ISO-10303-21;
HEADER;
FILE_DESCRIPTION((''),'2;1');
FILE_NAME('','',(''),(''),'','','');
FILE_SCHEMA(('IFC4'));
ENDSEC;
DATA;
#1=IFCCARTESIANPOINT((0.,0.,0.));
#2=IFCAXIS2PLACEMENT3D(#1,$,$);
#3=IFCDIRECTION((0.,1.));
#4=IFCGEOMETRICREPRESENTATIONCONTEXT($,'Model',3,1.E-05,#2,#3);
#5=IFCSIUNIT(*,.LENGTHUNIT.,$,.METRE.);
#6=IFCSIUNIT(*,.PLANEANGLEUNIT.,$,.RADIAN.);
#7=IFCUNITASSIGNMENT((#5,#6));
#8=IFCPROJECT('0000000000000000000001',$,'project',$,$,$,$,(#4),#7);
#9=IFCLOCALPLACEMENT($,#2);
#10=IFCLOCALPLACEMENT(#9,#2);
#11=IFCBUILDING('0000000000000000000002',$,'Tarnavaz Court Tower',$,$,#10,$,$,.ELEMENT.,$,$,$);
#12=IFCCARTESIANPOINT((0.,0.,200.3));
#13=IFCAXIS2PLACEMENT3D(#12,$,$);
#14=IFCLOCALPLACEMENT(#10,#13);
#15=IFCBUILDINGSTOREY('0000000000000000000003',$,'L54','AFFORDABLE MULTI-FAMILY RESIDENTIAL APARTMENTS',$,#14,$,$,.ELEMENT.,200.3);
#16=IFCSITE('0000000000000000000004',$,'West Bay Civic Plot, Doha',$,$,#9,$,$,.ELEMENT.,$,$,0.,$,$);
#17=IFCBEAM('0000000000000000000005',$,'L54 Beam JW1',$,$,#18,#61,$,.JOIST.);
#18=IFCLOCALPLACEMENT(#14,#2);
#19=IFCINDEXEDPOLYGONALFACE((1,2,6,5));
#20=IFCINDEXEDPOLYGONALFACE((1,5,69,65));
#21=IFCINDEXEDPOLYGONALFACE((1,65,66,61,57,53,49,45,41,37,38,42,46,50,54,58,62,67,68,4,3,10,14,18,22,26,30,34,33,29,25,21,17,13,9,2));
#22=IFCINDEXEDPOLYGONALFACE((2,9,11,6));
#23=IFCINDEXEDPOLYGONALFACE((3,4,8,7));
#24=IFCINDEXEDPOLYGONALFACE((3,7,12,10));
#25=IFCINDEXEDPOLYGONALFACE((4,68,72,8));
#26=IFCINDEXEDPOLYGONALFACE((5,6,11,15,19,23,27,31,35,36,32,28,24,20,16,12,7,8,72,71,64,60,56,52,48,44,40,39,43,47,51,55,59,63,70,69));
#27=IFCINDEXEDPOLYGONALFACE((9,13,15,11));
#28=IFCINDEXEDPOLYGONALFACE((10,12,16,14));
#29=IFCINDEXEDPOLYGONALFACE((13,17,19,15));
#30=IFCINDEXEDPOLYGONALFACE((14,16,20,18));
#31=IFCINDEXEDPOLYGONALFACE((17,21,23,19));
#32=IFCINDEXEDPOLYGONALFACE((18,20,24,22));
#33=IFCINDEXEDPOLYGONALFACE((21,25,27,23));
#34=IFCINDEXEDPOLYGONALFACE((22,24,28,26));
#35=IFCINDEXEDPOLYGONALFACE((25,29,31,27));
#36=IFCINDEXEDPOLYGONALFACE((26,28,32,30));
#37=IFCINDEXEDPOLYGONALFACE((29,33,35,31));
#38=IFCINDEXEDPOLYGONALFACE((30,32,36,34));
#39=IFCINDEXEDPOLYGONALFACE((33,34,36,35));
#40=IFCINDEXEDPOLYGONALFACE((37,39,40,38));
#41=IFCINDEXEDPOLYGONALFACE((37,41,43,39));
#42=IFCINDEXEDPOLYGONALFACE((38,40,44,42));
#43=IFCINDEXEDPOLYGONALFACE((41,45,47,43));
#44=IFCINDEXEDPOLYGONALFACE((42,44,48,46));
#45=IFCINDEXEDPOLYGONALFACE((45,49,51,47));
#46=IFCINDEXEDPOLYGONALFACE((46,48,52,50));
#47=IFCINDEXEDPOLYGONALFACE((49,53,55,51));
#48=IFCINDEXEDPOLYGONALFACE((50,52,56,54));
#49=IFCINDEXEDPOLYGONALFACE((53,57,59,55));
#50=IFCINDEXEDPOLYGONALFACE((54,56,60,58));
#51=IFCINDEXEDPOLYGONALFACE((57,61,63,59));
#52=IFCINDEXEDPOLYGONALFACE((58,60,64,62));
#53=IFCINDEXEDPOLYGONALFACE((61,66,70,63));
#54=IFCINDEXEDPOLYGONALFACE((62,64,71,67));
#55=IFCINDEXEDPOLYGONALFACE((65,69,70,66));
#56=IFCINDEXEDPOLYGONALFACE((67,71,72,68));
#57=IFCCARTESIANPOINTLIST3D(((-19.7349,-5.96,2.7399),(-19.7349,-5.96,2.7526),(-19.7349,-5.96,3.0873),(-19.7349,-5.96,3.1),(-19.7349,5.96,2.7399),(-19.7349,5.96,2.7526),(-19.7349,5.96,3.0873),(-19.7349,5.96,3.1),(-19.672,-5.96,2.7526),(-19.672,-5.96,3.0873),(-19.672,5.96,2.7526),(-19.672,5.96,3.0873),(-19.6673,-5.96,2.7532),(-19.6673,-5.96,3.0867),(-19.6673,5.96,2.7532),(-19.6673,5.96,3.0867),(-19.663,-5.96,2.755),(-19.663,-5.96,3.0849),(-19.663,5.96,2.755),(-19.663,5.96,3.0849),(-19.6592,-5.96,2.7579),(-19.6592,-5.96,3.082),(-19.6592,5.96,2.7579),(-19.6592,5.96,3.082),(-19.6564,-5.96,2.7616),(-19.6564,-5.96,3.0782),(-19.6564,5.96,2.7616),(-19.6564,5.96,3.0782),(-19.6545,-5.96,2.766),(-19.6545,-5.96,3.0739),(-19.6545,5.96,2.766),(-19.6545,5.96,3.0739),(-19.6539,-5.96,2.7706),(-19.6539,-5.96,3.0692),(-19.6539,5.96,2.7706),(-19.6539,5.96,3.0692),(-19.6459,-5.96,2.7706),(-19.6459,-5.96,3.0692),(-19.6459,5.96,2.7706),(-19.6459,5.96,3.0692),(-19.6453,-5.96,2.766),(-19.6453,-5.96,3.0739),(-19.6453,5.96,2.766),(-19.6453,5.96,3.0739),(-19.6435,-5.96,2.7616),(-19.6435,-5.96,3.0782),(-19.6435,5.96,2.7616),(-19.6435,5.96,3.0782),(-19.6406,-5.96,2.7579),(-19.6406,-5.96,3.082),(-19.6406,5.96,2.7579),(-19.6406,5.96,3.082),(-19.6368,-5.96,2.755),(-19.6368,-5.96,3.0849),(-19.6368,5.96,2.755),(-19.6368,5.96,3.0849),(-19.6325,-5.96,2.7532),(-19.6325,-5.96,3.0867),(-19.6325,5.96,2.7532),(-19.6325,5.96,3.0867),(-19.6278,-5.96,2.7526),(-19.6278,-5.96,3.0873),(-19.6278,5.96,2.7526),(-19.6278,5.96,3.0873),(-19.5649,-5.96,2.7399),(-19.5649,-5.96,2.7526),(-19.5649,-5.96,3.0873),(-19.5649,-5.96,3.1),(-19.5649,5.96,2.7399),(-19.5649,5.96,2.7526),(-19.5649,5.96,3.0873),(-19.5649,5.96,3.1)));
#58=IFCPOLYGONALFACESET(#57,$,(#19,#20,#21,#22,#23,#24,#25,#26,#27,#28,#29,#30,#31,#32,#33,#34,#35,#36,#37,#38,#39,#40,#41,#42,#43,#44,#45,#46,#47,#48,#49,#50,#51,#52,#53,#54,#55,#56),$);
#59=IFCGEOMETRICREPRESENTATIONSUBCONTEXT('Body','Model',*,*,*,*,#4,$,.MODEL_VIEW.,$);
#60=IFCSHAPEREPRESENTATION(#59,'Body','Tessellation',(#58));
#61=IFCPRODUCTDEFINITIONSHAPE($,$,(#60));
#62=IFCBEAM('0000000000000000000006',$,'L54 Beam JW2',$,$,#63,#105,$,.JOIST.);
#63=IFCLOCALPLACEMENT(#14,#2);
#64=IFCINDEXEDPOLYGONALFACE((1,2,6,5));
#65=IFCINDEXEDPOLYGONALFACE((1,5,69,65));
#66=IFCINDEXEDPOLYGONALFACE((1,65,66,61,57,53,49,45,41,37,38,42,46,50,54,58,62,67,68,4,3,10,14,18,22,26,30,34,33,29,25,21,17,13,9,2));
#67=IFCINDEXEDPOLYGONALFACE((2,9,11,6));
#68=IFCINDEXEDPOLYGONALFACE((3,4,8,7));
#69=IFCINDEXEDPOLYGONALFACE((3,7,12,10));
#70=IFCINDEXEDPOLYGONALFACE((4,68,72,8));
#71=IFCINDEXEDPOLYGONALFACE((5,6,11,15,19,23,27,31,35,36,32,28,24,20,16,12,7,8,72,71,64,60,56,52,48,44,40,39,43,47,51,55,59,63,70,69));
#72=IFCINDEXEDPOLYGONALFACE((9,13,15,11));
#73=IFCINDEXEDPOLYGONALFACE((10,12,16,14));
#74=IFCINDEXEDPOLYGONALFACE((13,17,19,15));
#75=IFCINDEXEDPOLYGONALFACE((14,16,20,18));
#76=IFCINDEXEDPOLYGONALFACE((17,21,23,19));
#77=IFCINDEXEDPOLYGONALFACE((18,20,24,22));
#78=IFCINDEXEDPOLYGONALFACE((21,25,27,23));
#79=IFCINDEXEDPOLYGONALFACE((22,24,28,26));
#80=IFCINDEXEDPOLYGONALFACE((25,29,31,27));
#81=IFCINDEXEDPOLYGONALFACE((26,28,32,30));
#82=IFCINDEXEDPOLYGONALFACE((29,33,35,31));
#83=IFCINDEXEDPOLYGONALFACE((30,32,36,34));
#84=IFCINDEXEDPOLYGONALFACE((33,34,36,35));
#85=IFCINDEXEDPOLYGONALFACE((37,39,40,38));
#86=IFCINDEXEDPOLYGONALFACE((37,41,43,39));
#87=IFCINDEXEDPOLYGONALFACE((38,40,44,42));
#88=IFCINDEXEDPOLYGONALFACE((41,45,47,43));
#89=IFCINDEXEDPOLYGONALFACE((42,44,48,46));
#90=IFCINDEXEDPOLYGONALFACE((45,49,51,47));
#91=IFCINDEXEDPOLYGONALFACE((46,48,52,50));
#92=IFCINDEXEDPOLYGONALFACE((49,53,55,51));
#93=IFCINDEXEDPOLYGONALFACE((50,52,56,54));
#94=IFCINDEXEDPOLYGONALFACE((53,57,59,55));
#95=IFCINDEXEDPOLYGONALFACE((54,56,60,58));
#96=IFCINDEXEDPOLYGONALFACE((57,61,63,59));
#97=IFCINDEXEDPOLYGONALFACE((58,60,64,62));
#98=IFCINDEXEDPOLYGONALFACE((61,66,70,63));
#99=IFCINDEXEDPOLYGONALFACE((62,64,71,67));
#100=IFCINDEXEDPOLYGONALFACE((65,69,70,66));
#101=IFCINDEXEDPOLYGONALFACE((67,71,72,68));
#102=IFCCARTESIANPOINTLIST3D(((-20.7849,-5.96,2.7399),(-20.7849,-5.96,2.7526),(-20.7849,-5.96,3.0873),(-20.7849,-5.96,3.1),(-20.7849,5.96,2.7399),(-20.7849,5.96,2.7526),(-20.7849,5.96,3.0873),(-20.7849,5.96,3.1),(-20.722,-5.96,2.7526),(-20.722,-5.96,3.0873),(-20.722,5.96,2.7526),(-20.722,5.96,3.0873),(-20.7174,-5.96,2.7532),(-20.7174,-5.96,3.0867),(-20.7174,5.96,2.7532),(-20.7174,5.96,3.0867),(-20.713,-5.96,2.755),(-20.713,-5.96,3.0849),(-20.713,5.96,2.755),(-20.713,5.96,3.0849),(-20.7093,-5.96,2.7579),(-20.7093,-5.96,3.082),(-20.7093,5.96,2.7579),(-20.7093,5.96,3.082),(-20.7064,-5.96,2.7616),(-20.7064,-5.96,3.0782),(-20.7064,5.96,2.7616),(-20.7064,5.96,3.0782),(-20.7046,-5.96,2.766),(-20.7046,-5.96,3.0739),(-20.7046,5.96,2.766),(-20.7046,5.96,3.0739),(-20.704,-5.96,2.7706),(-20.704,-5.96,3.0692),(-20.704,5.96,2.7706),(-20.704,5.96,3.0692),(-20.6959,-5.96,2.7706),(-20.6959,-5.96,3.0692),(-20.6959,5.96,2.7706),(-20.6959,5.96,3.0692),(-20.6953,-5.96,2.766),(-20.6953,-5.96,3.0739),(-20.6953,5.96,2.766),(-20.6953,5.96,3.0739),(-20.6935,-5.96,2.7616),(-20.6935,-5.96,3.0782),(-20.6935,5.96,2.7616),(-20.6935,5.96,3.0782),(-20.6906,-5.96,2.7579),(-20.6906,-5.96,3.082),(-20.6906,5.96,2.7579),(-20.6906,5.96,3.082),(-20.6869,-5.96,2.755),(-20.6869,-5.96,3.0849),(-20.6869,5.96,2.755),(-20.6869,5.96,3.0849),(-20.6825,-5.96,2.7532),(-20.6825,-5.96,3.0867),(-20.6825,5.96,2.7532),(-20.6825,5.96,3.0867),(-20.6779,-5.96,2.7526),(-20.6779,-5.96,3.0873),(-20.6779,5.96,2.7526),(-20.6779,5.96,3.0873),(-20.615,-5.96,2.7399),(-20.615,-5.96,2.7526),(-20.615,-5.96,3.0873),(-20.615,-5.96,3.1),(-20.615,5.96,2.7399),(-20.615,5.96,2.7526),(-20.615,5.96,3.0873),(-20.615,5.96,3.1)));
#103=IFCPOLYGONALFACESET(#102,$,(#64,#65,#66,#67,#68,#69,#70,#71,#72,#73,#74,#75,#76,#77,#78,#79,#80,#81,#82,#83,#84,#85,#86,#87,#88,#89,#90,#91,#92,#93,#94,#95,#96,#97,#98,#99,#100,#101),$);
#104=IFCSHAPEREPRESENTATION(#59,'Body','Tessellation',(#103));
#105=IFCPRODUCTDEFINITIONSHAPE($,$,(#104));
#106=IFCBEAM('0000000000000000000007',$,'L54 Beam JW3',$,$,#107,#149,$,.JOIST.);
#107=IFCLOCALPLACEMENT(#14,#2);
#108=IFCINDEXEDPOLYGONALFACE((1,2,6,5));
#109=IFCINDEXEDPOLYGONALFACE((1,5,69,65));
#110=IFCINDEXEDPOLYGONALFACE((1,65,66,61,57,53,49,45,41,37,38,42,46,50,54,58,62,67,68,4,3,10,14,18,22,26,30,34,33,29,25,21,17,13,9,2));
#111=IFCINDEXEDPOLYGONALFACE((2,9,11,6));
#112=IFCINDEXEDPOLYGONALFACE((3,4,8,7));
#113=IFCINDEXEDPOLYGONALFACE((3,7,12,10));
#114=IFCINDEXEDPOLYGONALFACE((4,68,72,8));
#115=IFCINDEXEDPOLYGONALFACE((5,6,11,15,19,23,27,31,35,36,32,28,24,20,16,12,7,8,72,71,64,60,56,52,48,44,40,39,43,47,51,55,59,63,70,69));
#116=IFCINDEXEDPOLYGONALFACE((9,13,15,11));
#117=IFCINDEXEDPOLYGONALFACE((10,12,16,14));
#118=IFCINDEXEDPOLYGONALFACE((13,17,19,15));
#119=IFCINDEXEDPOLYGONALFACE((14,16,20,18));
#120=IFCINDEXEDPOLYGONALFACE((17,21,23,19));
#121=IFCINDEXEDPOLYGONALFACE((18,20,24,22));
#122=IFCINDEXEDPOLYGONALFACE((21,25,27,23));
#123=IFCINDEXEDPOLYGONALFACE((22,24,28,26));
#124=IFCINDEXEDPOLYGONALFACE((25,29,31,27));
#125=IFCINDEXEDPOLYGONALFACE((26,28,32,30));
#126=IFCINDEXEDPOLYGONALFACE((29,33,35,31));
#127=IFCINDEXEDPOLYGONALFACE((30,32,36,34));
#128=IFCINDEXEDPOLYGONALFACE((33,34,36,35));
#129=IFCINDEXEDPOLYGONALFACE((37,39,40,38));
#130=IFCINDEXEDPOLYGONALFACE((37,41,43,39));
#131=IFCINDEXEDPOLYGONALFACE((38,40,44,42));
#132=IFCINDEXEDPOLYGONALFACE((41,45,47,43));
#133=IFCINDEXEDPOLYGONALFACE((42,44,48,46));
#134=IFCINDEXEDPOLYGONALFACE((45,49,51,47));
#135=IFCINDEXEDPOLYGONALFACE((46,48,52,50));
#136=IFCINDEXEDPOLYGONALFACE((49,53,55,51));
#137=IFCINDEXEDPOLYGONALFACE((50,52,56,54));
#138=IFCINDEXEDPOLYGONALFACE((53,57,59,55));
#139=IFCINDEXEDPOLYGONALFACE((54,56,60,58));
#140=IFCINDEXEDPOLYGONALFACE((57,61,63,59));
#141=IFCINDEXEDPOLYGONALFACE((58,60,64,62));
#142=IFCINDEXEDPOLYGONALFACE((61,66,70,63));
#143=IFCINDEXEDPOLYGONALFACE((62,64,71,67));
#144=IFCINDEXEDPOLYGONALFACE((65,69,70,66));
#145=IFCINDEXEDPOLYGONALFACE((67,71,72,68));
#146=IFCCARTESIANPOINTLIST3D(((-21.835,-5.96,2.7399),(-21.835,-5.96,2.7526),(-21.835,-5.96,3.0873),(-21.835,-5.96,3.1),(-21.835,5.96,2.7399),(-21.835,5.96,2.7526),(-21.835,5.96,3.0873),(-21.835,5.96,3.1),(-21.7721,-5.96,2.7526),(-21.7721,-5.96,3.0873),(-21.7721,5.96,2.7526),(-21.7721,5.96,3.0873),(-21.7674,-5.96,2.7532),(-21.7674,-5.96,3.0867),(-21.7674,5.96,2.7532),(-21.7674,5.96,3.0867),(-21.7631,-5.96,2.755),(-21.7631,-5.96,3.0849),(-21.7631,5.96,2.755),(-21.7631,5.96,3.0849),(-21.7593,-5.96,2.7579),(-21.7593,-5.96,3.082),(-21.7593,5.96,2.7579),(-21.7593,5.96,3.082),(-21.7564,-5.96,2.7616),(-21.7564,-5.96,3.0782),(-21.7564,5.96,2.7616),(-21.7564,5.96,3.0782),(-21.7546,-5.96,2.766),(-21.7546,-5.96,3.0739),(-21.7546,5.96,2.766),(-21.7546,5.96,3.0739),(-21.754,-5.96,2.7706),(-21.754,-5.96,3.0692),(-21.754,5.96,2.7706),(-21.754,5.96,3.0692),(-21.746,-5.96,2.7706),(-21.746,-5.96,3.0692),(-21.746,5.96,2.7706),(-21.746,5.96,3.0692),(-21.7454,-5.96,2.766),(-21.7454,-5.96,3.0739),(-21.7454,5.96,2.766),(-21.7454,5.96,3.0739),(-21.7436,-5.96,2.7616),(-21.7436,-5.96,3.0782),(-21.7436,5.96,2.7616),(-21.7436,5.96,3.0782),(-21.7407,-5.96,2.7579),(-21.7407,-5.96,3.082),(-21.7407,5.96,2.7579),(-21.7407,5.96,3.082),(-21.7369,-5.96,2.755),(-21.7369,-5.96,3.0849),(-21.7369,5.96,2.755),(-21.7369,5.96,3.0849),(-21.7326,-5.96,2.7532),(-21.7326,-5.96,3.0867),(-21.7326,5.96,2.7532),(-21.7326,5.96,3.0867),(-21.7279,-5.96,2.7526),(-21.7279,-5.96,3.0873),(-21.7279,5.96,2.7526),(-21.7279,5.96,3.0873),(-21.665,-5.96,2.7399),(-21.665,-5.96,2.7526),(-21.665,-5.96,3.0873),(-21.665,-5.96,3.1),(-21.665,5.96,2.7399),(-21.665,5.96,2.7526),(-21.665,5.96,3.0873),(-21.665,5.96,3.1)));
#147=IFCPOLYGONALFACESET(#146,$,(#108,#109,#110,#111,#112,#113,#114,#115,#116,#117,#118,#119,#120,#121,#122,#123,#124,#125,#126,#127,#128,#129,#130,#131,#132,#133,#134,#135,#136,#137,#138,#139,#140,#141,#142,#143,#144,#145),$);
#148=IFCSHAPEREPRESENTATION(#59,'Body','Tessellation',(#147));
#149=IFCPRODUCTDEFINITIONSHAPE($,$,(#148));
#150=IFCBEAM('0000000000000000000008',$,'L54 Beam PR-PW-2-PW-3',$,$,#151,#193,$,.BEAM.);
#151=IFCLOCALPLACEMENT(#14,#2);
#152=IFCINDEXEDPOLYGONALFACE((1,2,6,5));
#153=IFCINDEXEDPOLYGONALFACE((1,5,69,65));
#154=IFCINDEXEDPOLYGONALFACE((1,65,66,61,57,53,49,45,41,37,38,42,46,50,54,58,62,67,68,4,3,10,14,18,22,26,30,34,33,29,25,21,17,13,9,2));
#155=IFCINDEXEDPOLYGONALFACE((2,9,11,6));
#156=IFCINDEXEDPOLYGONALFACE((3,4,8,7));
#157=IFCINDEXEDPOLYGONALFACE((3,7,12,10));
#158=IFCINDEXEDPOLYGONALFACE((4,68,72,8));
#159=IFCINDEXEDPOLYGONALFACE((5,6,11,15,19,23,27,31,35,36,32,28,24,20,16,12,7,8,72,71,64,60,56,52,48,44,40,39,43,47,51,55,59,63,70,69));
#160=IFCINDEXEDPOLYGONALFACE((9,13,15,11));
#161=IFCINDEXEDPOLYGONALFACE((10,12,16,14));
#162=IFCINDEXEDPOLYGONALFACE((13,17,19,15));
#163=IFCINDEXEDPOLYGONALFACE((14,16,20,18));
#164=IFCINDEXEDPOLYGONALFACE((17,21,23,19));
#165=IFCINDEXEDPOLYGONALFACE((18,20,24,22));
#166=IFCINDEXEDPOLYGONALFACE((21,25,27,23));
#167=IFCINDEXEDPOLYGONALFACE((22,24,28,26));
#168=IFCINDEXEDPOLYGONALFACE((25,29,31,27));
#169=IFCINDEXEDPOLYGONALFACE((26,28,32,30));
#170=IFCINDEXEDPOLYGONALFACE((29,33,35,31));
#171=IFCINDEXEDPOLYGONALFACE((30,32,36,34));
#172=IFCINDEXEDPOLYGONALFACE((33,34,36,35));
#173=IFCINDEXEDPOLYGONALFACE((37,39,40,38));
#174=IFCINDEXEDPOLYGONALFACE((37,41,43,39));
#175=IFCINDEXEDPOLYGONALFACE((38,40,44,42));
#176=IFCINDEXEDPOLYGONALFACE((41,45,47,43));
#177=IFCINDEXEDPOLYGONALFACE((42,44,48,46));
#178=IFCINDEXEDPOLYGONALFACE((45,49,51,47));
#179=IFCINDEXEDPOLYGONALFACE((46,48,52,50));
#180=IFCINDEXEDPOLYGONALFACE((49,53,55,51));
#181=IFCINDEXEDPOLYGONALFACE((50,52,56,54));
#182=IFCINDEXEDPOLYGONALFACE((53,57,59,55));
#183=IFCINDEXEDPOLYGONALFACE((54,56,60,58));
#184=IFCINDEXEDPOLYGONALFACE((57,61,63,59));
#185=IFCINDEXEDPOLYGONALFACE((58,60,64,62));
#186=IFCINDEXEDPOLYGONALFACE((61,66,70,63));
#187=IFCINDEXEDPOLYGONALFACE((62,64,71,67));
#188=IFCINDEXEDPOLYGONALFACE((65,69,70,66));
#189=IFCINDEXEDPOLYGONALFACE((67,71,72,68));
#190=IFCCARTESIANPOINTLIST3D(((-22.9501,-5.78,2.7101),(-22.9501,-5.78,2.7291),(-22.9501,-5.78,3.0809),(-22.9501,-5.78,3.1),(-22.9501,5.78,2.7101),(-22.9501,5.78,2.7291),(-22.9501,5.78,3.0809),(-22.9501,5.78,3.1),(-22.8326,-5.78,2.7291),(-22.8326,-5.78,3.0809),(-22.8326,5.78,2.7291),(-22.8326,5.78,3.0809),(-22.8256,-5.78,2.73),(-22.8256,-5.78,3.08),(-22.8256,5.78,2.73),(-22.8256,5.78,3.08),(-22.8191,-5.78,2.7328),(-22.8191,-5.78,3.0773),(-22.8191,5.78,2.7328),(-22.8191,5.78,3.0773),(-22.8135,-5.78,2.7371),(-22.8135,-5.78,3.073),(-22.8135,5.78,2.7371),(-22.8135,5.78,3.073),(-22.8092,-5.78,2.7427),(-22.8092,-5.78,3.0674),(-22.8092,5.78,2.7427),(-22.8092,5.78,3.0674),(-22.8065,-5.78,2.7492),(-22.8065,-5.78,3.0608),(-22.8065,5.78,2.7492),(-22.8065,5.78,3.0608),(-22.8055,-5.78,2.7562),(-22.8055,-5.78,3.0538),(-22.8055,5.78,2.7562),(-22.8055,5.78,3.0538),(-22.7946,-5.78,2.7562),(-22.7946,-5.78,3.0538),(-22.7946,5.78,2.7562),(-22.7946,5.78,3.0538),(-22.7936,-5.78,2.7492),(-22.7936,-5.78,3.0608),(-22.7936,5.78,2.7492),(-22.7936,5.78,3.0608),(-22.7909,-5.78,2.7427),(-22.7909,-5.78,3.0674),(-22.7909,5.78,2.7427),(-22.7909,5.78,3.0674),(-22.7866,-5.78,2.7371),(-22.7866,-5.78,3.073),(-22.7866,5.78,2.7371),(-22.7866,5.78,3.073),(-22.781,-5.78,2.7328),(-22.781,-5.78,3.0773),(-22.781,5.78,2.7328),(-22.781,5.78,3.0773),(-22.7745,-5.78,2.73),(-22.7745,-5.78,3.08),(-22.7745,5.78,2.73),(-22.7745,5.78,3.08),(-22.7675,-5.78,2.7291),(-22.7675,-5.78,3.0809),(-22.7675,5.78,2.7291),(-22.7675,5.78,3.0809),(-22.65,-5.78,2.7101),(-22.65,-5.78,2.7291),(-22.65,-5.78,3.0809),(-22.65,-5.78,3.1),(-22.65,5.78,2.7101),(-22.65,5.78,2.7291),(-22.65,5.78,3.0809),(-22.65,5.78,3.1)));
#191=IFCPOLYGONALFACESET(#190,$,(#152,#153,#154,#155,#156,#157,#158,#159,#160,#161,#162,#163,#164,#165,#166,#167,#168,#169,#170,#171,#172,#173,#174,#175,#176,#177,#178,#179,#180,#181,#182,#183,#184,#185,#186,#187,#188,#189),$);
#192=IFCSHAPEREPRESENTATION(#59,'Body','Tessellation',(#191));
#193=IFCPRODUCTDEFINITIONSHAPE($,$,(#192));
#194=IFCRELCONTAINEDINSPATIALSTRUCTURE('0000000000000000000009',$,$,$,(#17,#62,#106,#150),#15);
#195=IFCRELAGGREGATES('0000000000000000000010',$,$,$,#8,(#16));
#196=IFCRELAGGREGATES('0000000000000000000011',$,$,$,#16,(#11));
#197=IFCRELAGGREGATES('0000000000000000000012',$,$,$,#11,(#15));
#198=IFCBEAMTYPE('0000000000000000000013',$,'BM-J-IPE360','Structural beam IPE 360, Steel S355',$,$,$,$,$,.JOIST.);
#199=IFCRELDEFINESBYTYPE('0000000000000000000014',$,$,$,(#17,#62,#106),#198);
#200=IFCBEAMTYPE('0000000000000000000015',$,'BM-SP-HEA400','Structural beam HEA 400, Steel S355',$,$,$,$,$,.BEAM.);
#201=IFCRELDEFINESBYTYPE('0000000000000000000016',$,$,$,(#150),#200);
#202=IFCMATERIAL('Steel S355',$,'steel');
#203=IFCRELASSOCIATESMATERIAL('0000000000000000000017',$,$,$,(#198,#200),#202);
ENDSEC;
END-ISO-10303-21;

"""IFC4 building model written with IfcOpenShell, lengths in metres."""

from ifc_helpers import new_model, si_unit, direction, frame, origin, origin_2d, place, context, subcontext, project, spatial, i_section, extrude, material, material_profile, profile_set, type_object, element, save


model = new_model("IFC4")

# Units and contexts
model_context = context("Model", 3, precision=1e-05, world=origin(), true_north=direction((0.0, 1.0)))
body_context = subcontext(model_context, "Body", "Model", "MODEL_VIEW")
ifc_project = project(units=[si_unit("LENGTHUNIT", "METRE"), si_unit("PLANEANGLEUNIT", "RADIAN")], contexts=[model_context])

# Site, building, storey
site_placement = place(None, origin())
site = spatial("IfcSite", under=ifc_project, at=site_placement, Name="West Bay Civic Plot, Doha", CompositionType="ELEMENT", RefElevation=0.0)
building_placement = place(site_placement, origin())
building = spatial("IfcBuilding", under=site, at=building_placement, Name="Tarnavaz Court Tower", CompositionType="ELEMENT")
storey_placement = place(building_placement, frame((0.0, 0.0, 200.3)))
storey = spatial("IfcBuildingStorey", under=building, at=storey_placement, Name="L54", Description="AFFORDABLE MULTI-FAMILY RESIDENTIAL APARTMENTS", CompositionType="ELEMENT", Elevation=200.3)

# Beams
ifc_material_1 = material(Name="Steel S355", Category="steel")
ifc_material_profile_1 = material_profile(ifc_material_1, i_section(OverallWidth=0.1699, OverallDepth=0.3601, WebThickness=0.0081, FlangeThickness=0.0127, FilletRadius=0.0181, at=origin_2d()), Name="IPE 360")
ifc_profile_set_1 = profile_set([ifc_material_profile_1], Name="Steel S355")
beam_type_1 = type_object("IfcBeamType", Name="BM-J-IPE360", Description="Structural beam IPE 360, Steel S355", PredefinedType="JOIST", material=ifc_profile_set_1)
for number, where, z_axis, x_axis, name in (
    (1, (-19.6499, -5.96, 2.9199), (0.0, 1.0, 0.0), (-1.0, 0.0, 0.0), "L54 Beam JW1"),
    (2, (-20.7, -5.96, 2.9199), (0.0, 1.0, 0.0), (-1.0, 0.0, 0.0), "L54 Beam JW2"),
    (3, (-21.75, -5.96, 2.9199), (0.0, 1.0, 0.0), (-1.0, 0.0, 0.0), "L54 Beam JW3"),
):
    element("IfcBeam", number, at=place(storey_placement, frame(where, z_axis=z_axis, x_axis=x_axis)), inside=storey, type_object=beam_type_1, Name=name, PredefinedType="JOIST", context=body_context, shape_type="SweptSolid", body=[
        extrude(i_section(OverallWidth=0.1699, OverallDepth=0.3601, WebThickness=0.0081, FlangeThickness=0.0127, FilletRadius=0.0181, at=origin_2d()), origin(), (0.0, 0.0, 1.0), 11.9199),
    ])
ifc_material_profile_2 = material_profile(ifc_material_1, i_section(OverallWidth=0.3, OverallDepth=0.3899, WebThickness=0.011, FlangeThickness=0.019, FilletRadius=0.0271, at=origin_2d()), Name="HEA 400")
ifc_profile_set_2 = profile_set([ifc_material_profile_2], Name="Steel S355")
beam_type_2 = type_object("IfcBeamType", Name="BM-SP-HEA400", Description="Structural beam HEA 400, Steel S355", PredefinedType="BEAM", material=ifc_profile_set_2)
beam_1_placement = place(storey_placement, frame((-22.8, -5.78, 2.905), z_axis=(0.0, 1.0, 0.0), x_axis=(-1.0, 0.0, 0.0)))
element("IfcBeam", 4, at=beam_1_placement, inside=storey, type_object=beam_type_2, Name="L54 Beam PR-PW-2-PW-3", PredefinedType="BEAM", context=body_context, shape_type="SweptSolid", body=[
    extrude(i_section(OverallWidth=0.3, OverallDepth=0.3899, WebThickness=0.011, FlangeThickness=0.019, FilletRadius=0.0271, at=origin_2d()), origin(), (0.0, 0.0, 1.0), 11.5601),
])

save(model, "model.ifc")
